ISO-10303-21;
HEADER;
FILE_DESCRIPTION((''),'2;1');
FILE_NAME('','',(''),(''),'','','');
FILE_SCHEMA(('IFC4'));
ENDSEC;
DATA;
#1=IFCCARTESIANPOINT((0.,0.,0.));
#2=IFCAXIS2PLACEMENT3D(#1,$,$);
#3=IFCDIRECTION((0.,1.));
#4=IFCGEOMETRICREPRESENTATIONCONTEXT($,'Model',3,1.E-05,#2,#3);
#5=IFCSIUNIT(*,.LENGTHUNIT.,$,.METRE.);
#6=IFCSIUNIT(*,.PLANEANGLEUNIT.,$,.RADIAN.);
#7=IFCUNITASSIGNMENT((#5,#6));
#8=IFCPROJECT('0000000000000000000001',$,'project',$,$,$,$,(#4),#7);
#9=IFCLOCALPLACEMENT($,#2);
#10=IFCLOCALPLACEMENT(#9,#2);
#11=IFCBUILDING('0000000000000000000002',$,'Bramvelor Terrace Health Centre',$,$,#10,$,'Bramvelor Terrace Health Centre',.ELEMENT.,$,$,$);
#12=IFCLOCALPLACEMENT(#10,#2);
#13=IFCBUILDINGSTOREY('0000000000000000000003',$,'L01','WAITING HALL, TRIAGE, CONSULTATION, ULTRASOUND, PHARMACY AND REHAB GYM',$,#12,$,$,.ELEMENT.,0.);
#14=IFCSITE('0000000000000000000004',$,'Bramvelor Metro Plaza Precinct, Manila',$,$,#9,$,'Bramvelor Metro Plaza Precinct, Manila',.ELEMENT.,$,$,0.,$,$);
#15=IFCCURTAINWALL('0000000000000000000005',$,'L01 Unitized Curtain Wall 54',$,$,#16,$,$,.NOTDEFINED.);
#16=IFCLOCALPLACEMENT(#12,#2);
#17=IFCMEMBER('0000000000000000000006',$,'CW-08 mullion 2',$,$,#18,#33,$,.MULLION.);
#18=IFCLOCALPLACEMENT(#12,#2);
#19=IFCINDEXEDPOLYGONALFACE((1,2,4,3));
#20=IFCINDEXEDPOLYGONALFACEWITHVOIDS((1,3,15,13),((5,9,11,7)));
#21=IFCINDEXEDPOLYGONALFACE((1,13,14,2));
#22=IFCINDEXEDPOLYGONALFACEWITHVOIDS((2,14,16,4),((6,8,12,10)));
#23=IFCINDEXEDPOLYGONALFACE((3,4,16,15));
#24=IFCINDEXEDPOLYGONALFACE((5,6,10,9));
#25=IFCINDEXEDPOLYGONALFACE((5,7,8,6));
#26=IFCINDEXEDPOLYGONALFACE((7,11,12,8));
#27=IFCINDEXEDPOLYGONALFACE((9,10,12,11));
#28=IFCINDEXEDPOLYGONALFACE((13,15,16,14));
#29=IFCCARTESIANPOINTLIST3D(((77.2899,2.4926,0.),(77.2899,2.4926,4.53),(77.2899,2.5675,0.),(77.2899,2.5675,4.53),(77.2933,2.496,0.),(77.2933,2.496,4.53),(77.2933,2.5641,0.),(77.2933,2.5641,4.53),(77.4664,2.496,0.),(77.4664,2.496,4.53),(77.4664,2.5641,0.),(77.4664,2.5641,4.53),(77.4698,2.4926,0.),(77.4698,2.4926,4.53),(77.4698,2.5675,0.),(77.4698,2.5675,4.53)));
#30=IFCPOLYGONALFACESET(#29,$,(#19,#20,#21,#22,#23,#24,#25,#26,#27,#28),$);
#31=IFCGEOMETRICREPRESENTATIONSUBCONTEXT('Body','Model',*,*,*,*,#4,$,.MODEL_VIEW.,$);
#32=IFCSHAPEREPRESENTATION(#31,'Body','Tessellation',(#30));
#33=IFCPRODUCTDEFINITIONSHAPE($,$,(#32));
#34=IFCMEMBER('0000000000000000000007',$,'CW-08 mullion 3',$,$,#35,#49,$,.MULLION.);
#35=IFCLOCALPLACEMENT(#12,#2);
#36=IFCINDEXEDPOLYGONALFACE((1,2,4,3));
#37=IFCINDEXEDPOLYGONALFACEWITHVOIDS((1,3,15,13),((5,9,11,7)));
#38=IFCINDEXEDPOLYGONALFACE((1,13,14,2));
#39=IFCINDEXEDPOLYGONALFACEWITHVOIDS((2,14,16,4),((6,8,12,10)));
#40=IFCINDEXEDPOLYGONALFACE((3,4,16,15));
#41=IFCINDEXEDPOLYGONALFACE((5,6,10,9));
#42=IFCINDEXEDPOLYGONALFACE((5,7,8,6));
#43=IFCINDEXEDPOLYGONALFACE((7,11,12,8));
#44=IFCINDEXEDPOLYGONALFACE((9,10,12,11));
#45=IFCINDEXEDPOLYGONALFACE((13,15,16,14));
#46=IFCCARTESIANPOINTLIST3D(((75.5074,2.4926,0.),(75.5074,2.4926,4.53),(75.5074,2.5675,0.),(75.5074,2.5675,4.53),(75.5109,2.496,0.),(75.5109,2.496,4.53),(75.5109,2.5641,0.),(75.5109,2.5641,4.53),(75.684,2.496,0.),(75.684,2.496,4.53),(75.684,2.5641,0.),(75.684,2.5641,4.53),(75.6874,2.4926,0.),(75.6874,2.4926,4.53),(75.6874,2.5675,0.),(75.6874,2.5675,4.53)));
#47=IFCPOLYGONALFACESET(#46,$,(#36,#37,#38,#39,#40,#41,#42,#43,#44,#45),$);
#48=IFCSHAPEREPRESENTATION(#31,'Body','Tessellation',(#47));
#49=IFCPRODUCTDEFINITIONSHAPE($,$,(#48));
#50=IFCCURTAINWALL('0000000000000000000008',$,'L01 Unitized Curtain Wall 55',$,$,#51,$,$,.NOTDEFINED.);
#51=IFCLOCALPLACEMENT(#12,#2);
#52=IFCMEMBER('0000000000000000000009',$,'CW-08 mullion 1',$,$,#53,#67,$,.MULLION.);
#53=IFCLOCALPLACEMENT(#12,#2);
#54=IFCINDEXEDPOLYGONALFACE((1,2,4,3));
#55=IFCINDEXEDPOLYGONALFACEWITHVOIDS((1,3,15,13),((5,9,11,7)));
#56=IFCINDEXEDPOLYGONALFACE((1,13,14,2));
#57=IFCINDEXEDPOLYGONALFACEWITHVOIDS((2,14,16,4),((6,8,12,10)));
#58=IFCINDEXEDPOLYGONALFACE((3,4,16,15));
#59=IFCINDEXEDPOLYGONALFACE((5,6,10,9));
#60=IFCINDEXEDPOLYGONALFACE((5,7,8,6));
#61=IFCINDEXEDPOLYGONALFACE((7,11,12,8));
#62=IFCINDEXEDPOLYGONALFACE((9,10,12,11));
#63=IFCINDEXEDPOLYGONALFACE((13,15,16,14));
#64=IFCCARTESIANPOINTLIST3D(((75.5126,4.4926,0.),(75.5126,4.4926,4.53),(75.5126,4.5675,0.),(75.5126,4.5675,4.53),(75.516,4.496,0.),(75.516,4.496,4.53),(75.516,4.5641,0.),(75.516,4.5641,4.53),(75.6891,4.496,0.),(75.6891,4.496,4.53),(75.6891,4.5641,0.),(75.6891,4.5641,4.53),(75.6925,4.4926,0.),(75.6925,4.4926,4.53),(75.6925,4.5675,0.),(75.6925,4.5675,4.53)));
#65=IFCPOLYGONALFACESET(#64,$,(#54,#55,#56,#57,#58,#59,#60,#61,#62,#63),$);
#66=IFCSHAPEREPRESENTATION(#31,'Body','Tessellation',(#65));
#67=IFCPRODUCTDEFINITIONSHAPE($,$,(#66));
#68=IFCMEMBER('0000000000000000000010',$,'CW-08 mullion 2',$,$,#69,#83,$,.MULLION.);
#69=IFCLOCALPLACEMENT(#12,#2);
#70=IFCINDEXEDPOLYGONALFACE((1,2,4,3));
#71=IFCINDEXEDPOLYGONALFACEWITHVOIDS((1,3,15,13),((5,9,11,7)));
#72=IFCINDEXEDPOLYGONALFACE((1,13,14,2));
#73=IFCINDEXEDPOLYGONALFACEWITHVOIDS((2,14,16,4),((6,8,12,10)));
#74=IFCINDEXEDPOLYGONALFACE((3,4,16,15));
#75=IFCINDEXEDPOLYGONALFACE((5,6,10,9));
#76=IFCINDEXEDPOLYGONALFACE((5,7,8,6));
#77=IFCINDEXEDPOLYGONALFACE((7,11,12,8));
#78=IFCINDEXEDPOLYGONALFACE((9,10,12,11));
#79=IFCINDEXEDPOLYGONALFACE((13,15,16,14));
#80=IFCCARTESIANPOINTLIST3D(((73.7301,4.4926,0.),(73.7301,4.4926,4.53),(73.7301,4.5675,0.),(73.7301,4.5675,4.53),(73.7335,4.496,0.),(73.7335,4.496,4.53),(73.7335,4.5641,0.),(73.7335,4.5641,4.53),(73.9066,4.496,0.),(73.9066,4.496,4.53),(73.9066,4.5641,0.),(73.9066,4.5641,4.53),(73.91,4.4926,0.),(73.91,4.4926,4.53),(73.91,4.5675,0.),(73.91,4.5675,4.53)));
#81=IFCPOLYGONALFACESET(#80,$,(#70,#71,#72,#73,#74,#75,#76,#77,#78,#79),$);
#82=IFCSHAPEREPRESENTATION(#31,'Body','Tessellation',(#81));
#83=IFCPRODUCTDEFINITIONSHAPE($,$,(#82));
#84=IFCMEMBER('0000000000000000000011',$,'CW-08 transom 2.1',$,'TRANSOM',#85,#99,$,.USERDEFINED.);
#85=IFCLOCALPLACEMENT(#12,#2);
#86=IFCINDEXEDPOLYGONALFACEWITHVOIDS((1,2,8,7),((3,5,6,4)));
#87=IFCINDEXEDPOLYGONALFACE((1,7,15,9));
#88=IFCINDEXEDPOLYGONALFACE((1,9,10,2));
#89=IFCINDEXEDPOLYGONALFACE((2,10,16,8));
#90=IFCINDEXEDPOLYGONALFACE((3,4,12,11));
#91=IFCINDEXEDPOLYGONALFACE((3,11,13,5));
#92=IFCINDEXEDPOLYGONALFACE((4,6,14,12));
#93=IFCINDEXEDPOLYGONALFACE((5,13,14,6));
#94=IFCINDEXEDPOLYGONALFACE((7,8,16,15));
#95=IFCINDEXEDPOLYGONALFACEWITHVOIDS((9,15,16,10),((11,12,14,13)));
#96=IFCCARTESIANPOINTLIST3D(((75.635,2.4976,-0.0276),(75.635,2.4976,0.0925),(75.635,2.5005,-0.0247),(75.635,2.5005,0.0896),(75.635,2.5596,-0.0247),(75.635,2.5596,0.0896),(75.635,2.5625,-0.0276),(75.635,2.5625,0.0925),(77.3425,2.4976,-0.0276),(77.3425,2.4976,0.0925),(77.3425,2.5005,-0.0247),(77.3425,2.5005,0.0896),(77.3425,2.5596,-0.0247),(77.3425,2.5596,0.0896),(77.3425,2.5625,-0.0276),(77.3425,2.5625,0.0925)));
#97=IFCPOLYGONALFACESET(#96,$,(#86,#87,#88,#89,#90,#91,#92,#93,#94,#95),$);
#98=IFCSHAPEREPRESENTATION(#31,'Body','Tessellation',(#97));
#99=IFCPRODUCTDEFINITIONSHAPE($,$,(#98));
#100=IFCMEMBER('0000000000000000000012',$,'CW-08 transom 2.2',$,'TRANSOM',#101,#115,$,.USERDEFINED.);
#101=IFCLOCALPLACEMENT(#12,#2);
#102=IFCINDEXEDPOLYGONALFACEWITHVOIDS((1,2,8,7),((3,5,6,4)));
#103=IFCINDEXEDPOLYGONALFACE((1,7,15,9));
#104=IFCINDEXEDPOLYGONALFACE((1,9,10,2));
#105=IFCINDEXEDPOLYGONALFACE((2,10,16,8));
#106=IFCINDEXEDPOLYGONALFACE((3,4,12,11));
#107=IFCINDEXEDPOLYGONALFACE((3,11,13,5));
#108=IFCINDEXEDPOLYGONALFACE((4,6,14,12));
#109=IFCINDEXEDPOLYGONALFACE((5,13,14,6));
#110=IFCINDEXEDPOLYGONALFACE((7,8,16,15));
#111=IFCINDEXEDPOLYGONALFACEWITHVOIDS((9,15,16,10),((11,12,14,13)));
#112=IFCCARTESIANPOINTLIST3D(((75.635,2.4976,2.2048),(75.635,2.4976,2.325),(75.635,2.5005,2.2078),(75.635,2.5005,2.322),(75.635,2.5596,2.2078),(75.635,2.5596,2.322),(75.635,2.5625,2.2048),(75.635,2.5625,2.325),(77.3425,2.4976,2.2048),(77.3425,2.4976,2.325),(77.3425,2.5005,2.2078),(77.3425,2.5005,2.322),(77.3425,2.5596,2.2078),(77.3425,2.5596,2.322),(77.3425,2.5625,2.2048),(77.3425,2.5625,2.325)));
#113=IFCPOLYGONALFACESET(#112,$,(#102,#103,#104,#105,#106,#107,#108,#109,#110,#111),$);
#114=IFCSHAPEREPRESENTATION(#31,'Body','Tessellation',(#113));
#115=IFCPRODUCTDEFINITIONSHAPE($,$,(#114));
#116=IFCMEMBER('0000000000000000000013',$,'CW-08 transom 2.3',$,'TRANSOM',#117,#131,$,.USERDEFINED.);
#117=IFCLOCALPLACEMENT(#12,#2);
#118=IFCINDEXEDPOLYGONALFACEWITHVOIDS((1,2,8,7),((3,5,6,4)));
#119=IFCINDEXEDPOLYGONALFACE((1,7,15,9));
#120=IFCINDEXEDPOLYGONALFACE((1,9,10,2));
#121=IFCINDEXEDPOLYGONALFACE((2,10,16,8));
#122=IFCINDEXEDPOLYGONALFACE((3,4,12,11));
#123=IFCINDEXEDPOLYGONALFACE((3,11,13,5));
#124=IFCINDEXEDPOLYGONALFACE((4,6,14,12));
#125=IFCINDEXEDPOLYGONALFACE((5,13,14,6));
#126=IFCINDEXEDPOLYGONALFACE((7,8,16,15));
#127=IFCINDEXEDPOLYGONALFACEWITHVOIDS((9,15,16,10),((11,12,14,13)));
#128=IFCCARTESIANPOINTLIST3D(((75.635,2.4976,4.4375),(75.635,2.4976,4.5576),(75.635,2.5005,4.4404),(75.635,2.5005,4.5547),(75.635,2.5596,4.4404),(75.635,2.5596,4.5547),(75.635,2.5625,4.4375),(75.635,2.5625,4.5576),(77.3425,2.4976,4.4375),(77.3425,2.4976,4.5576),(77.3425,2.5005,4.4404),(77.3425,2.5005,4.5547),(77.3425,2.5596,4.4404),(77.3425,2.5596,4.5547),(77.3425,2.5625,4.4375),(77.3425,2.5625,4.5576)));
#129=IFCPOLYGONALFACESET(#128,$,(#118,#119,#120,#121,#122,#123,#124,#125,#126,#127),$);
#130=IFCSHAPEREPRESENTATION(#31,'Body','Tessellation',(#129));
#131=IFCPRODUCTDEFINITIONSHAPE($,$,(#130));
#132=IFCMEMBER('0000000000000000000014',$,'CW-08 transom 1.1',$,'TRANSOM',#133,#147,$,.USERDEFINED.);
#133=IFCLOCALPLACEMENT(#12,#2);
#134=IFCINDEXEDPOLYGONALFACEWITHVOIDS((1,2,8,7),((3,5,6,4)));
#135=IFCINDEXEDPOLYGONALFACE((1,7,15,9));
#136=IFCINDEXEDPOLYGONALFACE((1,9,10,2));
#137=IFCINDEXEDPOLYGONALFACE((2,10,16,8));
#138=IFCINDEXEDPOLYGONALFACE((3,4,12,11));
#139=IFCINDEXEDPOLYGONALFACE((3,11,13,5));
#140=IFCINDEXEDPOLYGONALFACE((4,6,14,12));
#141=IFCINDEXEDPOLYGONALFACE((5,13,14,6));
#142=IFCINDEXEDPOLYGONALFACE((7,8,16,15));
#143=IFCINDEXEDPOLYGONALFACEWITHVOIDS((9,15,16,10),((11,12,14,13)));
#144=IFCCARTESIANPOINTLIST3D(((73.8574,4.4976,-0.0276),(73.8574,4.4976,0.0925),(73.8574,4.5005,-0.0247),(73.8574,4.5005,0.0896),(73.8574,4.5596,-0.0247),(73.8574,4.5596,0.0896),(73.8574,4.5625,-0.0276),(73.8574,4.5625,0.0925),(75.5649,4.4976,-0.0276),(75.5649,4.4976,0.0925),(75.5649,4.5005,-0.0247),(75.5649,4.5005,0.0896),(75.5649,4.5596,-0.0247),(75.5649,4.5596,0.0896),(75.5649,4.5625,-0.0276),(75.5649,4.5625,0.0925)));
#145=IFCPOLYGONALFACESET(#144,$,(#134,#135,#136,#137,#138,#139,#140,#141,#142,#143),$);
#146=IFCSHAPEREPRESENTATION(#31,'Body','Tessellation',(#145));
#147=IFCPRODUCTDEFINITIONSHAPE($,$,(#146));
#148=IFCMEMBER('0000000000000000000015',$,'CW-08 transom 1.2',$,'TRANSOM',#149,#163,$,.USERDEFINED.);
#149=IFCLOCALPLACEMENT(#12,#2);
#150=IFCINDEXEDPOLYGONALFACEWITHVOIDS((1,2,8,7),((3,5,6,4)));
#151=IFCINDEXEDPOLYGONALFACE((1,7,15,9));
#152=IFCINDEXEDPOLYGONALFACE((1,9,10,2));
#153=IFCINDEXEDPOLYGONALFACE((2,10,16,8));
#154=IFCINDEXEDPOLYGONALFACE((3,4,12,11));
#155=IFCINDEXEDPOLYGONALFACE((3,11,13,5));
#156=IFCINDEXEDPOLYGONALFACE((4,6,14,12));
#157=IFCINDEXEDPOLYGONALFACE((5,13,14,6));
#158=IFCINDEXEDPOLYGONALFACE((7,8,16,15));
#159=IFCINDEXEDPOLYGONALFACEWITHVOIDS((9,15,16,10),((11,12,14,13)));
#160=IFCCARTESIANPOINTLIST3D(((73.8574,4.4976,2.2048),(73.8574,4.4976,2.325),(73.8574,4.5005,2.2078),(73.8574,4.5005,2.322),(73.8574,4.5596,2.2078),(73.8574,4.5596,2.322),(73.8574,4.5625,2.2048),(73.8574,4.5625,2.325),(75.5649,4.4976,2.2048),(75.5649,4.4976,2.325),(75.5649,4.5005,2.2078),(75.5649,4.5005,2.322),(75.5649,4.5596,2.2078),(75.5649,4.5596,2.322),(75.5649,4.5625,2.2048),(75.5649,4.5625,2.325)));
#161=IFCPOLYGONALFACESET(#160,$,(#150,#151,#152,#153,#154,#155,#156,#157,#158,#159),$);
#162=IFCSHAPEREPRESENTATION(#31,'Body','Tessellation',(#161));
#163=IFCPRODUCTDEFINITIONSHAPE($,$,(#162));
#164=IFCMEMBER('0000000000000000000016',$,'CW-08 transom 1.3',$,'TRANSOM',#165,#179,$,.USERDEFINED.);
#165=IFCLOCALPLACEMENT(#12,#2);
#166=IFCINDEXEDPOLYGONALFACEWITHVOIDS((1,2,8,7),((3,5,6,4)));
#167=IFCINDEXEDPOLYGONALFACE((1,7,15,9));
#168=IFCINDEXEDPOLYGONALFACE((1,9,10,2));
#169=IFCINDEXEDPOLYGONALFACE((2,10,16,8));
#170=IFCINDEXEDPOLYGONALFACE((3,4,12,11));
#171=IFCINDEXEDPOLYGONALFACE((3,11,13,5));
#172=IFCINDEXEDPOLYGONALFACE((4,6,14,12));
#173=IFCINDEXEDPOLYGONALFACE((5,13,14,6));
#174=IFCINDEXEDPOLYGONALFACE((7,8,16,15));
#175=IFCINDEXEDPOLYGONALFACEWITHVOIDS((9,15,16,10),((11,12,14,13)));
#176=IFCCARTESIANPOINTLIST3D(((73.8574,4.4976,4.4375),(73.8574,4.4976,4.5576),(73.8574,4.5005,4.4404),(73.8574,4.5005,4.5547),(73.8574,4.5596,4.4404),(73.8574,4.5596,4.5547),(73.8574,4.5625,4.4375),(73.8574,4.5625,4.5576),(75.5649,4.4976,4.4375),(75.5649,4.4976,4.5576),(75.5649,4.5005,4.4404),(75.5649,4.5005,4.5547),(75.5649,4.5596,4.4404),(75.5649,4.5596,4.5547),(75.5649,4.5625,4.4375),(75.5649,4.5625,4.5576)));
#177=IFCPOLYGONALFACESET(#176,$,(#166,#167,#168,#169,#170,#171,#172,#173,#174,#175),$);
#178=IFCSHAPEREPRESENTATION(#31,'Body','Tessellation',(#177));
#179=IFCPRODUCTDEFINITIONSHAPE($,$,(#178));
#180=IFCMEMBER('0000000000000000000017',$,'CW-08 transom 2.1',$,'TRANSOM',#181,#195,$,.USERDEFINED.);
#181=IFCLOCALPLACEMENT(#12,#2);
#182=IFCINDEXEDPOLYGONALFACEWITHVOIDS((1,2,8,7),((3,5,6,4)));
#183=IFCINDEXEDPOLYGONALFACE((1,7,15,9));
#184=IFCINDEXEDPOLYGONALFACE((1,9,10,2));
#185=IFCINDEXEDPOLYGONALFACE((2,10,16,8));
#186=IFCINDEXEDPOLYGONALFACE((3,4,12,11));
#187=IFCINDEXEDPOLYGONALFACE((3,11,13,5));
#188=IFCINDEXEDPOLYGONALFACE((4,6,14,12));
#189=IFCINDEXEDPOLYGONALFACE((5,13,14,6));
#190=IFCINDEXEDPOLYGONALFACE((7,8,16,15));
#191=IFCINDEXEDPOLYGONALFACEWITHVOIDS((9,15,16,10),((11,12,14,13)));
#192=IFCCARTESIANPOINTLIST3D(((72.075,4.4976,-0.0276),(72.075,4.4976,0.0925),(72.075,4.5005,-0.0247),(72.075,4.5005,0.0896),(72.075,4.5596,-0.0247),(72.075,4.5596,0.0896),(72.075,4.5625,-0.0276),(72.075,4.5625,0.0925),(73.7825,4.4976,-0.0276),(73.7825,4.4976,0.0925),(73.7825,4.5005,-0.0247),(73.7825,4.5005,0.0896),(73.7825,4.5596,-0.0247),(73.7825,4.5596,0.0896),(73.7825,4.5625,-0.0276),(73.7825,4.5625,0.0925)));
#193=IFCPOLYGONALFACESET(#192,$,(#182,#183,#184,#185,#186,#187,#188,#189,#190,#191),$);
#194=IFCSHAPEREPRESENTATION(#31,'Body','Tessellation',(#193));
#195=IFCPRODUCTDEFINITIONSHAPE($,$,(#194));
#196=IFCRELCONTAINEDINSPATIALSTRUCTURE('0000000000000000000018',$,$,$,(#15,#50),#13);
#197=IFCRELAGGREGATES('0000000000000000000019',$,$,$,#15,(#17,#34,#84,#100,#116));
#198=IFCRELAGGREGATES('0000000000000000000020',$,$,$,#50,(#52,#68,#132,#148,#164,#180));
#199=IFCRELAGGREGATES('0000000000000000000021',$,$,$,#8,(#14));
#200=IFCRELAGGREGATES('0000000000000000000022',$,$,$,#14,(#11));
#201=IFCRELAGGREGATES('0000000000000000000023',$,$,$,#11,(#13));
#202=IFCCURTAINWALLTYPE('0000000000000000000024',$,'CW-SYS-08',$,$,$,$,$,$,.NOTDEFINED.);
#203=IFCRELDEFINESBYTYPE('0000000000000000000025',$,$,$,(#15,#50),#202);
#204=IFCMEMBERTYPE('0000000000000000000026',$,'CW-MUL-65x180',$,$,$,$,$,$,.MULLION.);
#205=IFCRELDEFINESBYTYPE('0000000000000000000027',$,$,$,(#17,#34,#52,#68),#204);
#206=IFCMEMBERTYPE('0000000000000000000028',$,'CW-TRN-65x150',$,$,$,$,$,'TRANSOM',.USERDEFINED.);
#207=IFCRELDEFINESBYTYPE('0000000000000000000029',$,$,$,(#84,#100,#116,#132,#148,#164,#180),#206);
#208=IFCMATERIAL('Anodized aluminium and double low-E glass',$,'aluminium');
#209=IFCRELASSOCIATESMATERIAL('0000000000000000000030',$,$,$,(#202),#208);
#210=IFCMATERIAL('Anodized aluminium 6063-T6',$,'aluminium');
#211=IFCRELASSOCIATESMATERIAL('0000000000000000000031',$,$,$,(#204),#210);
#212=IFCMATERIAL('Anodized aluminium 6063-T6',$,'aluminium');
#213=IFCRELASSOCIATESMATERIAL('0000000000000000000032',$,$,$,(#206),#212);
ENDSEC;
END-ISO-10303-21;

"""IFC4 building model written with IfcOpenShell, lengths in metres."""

from ifc_helpers import new_model, si_unit, direction, frame, origin, origin_2d, place, context, subcontext, project, spatial, hollow_rectangle, extrude, material, material_profile, profile_set, type_object, element, aggregate, save


model = new_model("IFC4")

# Units and contexts
model_context = context("Model", 3, precision=1e-05, world=origin(), true_north=direction((0.0, 1.0)))
body_context = subcontext(model_context, "Body", "Model", "MODEL_VIEW")
ifc_project = project(units=[si_unit("LENGTHUNIT", "METRE"), si_unit("PLANEANGLEUNIT", "RADIAN")], contexts=[model_context])

# Site, building, storey
site_placement = place(None, origin())
site = spatial("IfcSite", under=ifc_project, at=site_placement, Name="Bramvelor Metro Plaza Precinct, Manila", LongName="Bramvelor Metro Plaza Precinct, Manila", CompositionType="ELEMENT", RefElevation=0.0)
building_placement = place(site_placement, origin())
building = spatial("IfcBuilding", under=site, at=building_placement, Name="Bramvelor Terrace Health Centre", LongName="Bramvelor Terrace Health Centre", CompositionType="ELEMENT")
storey_placement = place(building_placement, origin())
storey = spatial("IfcBuildingStorey", under=building, at=storey_placement, Name="L01", Description="WAITING HALL, TRIAGE, CONSULTATION, ULTRASOUND, PHARMACY AND REHAB GYM", CompositionType="ELEMENT", Elevation=0.0)

# Curtain walls, members
ifc_material_1 = material(Name="Anodized aluminium and double low-E glass", Category="aluminium")
curtain_wall_type = type_object("IfcCurtainWallType", Name="CW-SYS-08", PredefinedType="NOTDEFINED", material=ifc_material_1)
curtain_wall_1_placement = place(storey_placement, origin())
curtain_wall_1 = element("IfcCurtainWall", 1, at=curtain_wall_1_placement, inside=storey, type_object=curtain_wall_type, Name="L01 Unitized Curtain Wall 54", PredefinedType="NOTDEFINED")
ifc_material_2 = material(Name="Anodized aluminium 6063-T6", Category="aluminium")
ifc_material_profile_1 = material_profile(ifc_material_2, hollow_rectangle(XDim=0.075, YDim=0.1799, WallThickness=0.0034, at=origin_2d()), Name="ALU-MUL 75x180x3.5")
ifc_profile_set_1 = profile_set([ifc_material_profile_1], Name="Anodized aluminium 6063-T6")
member_type_1 = type_object("IfcMemberType", Name="CW-MUL-65x180", PredefinedType="MULLION", material=ifc_profile_set_1)
member_1_placement = place(storey_placement, frame((77.3799, 2.53, 0.0), z_axis=(0.0, 0.0, 1.0), x_axis=(0.0, -1.0, 0.0)))
member_1 = element("IfcMember", 2, at=member_1_placement, type_object=member_type_1, Name="CW-08 mullion 2", PredefinedType="MULLION", context=body_context, shape_type="SweptSolid", body=[
    extrude(hollow_rectangle(XDim=0.075, YDim=0.1799, WallThickness=0.0034, at=origin_2d()), origin(), (0.0, 0.0, 1.0), 4.53),
])
member_2_placement = place(storey_placement, frame((75.5974, 2.53, 0.0), z_axis=(0.0, 0.0, 1.0), x_axis=(0.0, -1.0, 0.0)))
member_2 = element("IfcMember", 3, at=member_2_placement, type_object=member_type_1, Name="CW-08 mullion 3", PredefinedType="MULLION", context=body_context, shape_type="SweptSolid", body=[
    extrude(hollow_rectangle(XDim=0.075, YDim=0.1799, WallThickness=0.0034, at=origin_2d()), origin(), (0.0, 0.0, 1.0), 4.53),
])
curtain_wall_2_placement = place(storey_placement, origin())
curtain_wall_2 = element("IfcCurtainWall", 4, at=curtain_wall_2_placement, inside=storey, type_object=curtain_wall_type, Name="L01 Unitized Curtain Wall 55", PredefinedType="NOTDEFINED")
member_3_placement = place(storey_placement, frame((75.6025, 4.53, 0.0), z_axis=(0.0, 0.0, 1.0), x_axis=(0.0, -1.0, 0.0)))
member_3 = element("IfcMember", 5, at=member_3_placement, type_object=member_type_1, Name="CW-08 mullion 1", PredefinedType="MULLION", context=body_context, shape_type="SweptSolid", body=[
    extrude(hollow_rectangle(XDim=0.075, YDim=0.1799, WallThickness=0.0034, at=origin_2d()), origin(), (0.0, 0.0, 1.0), 4.53),
])
member_4_placement = place(storey_placement, frame((73.8201, 4.53, 0.0), z_axis=(0.0, 0.0, 1.0), x_axis=(0.0, -1.0, 0.0)))
member_4 = element("IfcMember", 6, at=member_4_placement, type_object=member_type_1, Name="CW-08 mullion 2", PredefinedType="MULLION", context=body_context, shape_type="SweptSolid", body=[
    extrude(hollow_rectangle(XDim=0.075, YDim=0.1799, WallThickness=0.0034, at=origin_2d()), origin(), (0.0, 0.0, 1.0), 4.53),
])

# Members
ifc_material_3 = material(Name="Anodized aluminium 6063-T6", Category="aluminium")
ifc_material_profile_2 = material_profile(ifc_material_3, hollow_rectangle(XDim=0.0649, YDim=0.1201, WallThickness=0.0029, at=origin_2d()), Name="ALU-TRN 65x120x3.0")
ifc_profile_set_2 = profile_set([ifc_material_profile_2], Name="Anodized aluminium 6063-T6")
member_type_2 = type_object("IfcMemberType", Name="CW-TRN-65x150", ElementType="TRANSOM", PredefinedType="USERDEFINED", material=ifc_profile_set_2)
member_5_placement = place(storey_placement, frame((77.3425, 2.53, 0.0325), z_axis=(-1.0, 0.0, 0.0), x_axis=(0.0, -1.0, 0.0)))
member_5 = element("IfcMember", 7, at=member_5_placement, type_object=member_type_2, Name="CW-08 transom 2.1", ObjectType="TRANSOM", PredefinedType="USERDEFINED", context=body_context, shape_type="SweptSolid", body=[
    extrude(hollow_rectangle(XDim=0.0649, YDim=0.1201, WallThickness=0.0029, at=origin_2d()), origin(), (0.0, 0.0, 1.0), 1.7075),
])
member_6_placement = place(storey_placement, frame((77.3425, 2.53, 2.2649), z_axis=(-1.0, 0.0, 0.0), x_axis=(0.0, -1.0, 0.0)))
member_6 = element("IfcMember", 8, at=member_6_placement, type_object=member_type_2, Name="CW-08 transom 2.2", ObjectType="TRANSOM", PredefinedType="USERDEFINED", context=body_context, shape_type="SweptSolid", body=[
    extrude(hollow_rectangle(XDim=0.0649, YDim=0.1201, WallThickness=0.0029, at=origin_2d()), origin(), (0.0, 0.0, 1.0), 1.7075),
])
member_7_placement = place(storey_placement, frame((77.3425, 2.53, 4.4976), z_axis=(-1.0, 0.0, 0.0), x_axis=(0.0, -1.0, 0.0)))
member_7 = element("IfcMember", 9, at=member_7_placement, type_object=member_type_2, Name="CW-08 transom 2.3", ObjectType="TRANSOM", PredefinedType="USERDEFINED", context=body_context, shape_type="SweptSolid", body=[
    extrude(hollow_rectangle(XDim=0.0649, YDim=0.1201, WallThickness=0.0029, at=origin_2d()), origin(), (0.0, 0.0, 1.0), 1.7075),
])
member_8_placement = place(storey_placement, frame((75.5649, 4.53, 0.0325), z_axis=(-1.0, 0.0, 0.0), x_axis=(0.0, -1.0, 0.0)))
member_8 = element("IfcMember", 10, at=member_8_placement, type_object=member_type_2, Name="CW-08 transom 1.1", ObjectType="TRANSOM", PredefinedType="USERDEFINED", context=body_context, shape_type="SweptSolid", body=[
    extrude(hollow_rectangle(XDim=0.0649, YDim=0.1201, WallThickness=0.0029, at=origin_2d()), origin(), (0.0, 0.0, 1.0), 1.7075),
])
member_9_placement = place(storey_placement, frame((75.5649, 4.53, 2.2649), z_axis=(-1.0, 0.0, 0.0), x_axis=(0.0, -1.0, 0.0)))
member_9 = element("IfcMember", 11, at=member_9_placement, type_object=member_type_2, Name="CW-08 transom 1.2", ObjectType="TRANSOM", PredefinedType="USERDEFINED", context=body_context, shape_type="SweptSolid", body=[
    extrude(hollow_rectangle(XDim=0.0649, YDim=0.1201, WallThickness=0.0029, at=origin_2d()), origin(), (0.0, 0.0, 1.0), 1.7075),
])
member_10_placement = place(storey_placement, frame((75.5649, 4.53, 4.4976), z_axis=(-1.0, 0.0, 0.0), x_axis=(0.0, -1.0, 0.0)))
member_10 = element("IfcMember", 12, at=member_10_placement, type_object=member_type_2, Name="CW-08 transom 1.3", ObjectType="TRANSOM", PredefinedType="USERDEFINED", context=body_context, shape_type="SweptSolid", body=[
    extrude(hollow_rectangle(XDim=0.0649, YDim=0.1201, WallThickness=0.0029, at=origin_2d()), origin(), (0.0, 0.0, 1.0), 1.7075),
])
member_11_placement = place(storey_placement, frame((73.7825, 4.53, 0.0325), z_axis=(-1.0, 0.0, 0.0), x_axis=(0.0, -1.0, 0.0)))
member_11 = element("IfcMember", 13, at=member_11_placement, type_object=member_type_2, Name="CW-08 transom 2.1", ObjectType="TRANSOM", PredefinedType="USERDEFINED", context=body_context, shape_type="SweptSolid", body=[
    extrude(hollow_rectangle(XDim=0.0649, YDim=0.1201, WallThickness=0.0029, at=origin_2d()), origin(), (0.0, 0.0, 1.0), 1.7075),
])

aggregate(curtain_wall_1, [member_1, member_2, member_5, member_6, member_7])
aggregate(curtain_wall_2, [member_3, member_4, member_8, member_9, member_10, member_11])

save(model, "model.ifc")
